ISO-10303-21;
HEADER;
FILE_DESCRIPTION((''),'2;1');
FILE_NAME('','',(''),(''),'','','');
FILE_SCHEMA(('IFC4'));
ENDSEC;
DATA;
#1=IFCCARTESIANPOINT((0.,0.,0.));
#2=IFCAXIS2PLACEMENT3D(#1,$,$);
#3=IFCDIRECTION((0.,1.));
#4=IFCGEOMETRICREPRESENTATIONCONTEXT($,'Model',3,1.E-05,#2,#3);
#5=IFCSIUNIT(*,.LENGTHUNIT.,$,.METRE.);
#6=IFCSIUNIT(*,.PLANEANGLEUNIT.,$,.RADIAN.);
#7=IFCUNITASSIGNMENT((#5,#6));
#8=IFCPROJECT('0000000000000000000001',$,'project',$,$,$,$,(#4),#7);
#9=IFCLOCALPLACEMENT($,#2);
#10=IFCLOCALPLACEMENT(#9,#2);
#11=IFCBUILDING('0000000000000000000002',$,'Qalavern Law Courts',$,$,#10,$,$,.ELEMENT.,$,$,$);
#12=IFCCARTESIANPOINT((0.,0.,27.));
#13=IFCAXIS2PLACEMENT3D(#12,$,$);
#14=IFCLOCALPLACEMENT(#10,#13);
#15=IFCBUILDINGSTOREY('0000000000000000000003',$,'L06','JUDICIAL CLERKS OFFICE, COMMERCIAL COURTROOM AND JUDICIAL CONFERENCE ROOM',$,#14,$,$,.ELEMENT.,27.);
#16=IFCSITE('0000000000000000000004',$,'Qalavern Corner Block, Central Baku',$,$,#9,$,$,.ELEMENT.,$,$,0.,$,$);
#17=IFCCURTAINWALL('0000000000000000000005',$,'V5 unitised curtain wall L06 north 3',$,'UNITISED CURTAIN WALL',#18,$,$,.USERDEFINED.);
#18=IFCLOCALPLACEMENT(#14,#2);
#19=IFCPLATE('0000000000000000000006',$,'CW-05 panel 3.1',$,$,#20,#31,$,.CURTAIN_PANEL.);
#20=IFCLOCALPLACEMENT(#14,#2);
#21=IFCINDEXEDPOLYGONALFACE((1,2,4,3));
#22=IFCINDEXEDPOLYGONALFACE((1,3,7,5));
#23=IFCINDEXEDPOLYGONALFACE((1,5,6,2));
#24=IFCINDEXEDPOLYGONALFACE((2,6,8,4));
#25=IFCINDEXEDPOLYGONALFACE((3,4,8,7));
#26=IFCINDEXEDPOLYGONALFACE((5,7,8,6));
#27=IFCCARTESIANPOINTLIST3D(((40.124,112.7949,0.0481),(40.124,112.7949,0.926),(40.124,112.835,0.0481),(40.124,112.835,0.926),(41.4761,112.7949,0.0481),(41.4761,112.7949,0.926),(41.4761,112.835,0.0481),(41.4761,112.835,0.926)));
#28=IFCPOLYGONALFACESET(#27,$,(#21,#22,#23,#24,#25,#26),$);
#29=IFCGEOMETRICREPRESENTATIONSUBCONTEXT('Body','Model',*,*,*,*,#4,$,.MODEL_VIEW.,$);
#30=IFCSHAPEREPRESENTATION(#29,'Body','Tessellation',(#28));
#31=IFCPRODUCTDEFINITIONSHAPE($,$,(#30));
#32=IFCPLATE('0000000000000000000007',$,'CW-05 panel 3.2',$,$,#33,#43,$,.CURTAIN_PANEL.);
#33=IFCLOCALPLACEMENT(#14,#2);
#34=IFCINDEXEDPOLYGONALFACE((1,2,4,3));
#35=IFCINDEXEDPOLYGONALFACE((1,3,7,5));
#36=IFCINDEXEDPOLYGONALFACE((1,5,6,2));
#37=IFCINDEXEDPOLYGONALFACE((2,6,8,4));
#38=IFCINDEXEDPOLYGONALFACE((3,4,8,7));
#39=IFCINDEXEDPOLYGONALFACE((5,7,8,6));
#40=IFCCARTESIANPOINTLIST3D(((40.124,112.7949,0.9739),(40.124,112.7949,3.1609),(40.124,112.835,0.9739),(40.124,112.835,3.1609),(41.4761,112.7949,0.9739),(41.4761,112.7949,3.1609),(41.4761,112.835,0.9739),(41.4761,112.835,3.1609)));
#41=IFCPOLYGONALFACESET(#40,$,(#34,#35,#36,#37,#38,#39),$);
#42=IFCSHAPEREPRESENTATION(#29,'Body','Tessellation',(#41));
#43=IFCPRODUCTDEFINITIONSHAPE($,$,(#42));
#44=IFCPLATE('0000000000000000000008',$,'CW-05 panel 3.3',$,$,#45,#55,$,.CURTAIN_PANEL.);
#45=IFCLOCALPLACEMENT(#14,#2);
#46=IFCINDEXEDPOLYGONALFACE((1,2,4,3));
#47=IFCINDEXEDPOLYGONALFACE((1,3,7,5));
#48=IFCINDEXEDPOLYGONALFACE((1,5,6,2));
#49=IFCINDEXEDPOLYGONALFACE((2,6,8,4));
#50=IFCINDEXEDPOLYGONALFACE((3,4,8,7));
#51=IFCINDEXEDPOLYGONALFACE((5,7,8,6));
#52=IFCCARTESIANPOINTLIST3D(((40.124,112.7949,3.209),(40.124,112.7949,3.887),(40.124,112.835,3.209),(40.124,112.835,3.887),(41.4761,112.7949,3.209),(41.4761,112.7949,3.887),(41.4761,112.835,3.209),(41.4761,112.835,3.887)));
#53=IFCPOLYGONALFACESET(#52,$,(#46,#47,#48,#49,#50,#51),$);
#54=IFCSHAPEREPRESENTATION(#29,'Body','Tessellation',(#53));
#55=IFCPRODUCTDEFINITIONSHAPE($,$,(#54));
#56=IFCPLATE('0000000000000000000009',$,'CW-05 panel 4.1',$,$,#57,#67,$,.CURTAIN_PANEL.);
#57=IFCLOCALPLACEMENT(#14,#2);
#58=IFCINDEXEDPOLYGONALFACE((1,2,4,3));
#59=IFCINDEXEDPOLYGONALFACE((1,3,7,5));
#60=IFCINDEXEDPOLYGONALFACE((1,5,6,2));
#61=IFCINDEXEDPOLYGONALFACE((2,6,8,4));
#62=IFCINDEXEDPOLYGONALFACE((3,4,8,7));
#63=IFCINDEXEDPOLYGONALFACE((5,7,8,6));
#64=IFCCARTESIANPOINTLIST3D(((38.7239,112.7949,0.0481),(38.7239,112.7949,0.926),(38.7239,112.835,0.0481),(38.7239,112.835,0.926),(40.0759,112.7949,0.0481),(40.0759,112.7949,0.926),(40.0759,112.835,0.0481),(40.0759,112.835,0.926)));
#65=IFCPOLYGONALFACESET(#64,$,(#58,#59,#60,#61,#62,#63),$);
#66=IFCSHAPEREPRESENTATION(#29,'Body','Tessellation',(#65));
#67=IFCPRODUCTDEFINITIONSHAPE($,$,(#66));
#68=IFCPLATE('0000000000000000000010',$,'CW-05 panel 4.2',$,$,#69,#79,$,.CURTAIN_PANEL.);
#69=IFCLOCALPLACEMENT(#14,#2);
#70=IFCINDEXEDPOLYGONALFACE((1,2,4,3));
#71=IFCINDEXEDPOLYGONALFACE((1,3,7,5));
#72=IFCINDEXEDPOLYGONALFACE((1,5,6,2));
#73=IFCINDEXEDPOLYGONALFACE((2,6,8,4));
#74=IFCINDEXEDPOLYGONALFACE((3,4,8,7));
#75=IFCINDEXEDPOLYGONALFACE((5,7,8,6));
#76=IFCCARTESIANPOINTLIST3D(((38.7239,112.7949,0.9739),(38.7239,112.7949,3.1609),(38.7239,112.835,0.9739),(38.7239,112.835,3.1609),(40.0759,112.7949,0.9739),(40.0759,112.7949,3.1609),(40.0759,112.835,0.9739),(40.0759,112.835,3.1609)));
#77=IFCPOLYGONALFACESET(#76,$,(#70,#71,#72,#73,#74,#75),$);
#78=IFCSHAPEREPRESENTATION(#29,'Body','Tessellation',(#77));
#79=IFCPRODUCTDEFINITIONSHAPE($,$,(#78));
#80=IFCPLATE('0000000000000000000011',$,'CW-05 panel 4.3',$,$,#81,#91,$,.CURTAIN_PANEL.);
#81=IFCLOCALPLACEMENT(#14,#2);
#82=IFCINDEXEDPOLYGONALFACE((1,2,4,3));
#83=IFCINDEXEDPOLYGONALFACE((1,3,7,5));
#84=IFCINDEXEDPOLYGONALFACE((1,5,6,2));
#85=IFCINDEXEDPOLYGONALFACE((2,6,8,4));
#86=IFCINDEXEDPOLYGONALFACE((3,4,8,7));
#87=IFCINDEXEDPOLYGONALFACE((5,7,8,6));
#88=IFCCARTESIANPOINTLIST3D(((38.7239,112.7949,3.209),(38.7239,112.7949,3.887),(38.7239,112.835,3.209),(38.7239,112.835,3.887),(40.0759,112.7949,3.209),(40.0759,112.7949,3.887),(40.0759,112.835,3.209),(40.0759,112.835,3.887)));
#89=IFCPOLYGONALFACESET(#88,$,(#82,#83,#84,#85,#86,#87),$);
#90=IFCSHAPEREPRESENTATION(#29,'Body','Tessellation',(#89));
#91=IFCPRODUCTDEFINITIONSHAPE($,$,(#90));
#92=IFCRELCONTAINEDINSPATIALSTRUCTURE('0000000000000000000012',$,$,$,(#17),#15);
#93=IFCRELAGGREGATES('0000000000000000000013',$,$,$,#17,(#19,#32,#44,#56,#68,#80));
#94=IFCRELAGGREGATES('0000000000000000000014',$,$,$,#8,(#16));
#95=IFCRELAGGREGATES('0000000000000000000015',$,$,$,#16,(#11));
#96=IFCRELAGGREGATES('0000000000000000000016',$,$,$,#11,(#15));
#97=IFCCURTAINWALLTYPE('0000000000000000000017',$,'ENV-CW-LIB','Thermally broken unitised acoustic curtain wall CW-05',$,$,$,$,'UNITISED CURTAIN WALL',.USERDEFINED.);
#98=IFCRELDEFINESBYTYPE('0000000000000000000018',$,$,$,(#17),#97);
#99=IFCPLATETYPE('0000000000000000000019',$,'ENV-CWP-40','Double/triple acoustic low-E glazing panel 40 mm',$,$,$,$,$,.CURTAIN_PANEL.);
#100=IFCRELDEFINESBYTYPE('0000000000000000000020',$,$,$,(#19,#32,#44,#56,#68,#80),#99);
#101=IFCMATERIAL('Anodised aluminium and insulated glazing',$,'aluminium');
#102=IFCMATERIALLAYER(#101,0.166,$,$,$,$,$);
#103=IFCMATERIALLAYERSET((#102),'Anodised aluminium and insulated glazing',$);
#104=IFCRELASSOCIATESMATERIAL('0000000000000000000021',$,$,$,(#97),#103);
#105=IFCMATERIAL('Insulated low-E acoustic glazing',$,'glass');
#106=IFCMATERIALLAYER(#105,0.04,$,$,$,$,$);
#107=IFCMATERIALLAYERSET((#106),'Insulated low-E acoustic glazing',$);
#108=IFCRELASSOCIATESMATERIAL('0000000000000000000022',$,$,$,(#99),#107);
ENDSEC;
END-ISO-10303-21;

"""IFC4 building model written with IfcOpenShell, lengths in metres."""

from ifc_helpers import new_model, si_unit, direction, frame, origin, origin_2d, place, context, subcontext, project, spatial, rectangle, extrude, material, layer, layer_set, type_object, element, aggregate, save


model = new_model("IFC4")

# Units and contexts
model_context = context("Model", 3, precision=1e-05, world=origin(), true_north=direction((0.0, 1.0)))
body_context = subcontext(model_context, "Body", "Model", "MODEL_VIEW")
ifc_project = project(units=[si_unit("LENGTHUNIT", "METRE"), si_unit("PLANEANGLEUNIT", "RADIAN")], contexts=[model_context])

# Site, building, storey
site_placement = place(None, origin())
site = spatial("IfcSite", under=ifc_project, at=site_placement, Name="Qalavern Corner Block, Central Baku", CompositionType="ELEMENT", RefElevation=0.0)
building_placement = place(site_placement, origin())
building = spatial("IfcBuilding", under=site, at=building_placement, Name="Qalavern Law Courts", CompositionType="ELEMENT")
storey_placement = place(building_placement, frame((0.0, 0.0, 27.0)))
storey = spatial("IfcBuildingStorey", under=building, at=storey_placement, Name="L06", Description="JUDICIAL CLERKS OFFICE, COMMERCIAL COURTROOM AND JUDICIAL CONFERENCE ROOM", CompositionType="ELEMENT", Elevation=27.0)

# Curtain wall
ifc_material_1 = material(Name="Anodised aluminium and insulated glazing", Category="aluminium")
ifc_layer_1 = layer(ifc_material_1, 0.166)
ifc_layer_set_1 = layer_set([ifc_layer_1], Name="Anodised aluminium and insulated glazing")
curtain_wall_type = type_object("IfcCurtainWallType", Name="ENV-CW-LIB", Description="Thermally broken unitised acoustic curtain wall CW-05", ElementType="UNITISED CURTAIN WALL", PredefinedType="USERDEFINED", material=ifc_layer_set_1)
curtain_wall_placement = place(storey_placement, origin())
curtain_wall = element("IfcCurtainWall", 1, at=curtain_wall_placement, inside=storey, type_object=curtain_wall_type, Name="V5 unitised curtain wall L06 north 3", ObjectType="UNITISED CURTAIN WALL", PredefinedType="USERDEFINED")

# Plates
ifc_material_2 = material(Name="Insulated low-E acoustic glazing", Category="glass")
ifc_layer_2 = layer(ifc_material_2, 0.04)
ifc_layer_set_2 = layer_set([ifc_layer_2], Name="Insulated low-E acoustic glazing")
plate_type = type_object("IfcPlateType", Name="ENV-CWP-40", Description="Double/triple acoustic low-E glazing panel 40 mm", PredefinedType="CURTAIN_PANEL", material=ifc_layer_set_2)
plate_1_placement = place(storey_placement, frame((40.8, 112.8149, 0.0481), z_axis=(0.0, 0.0, 1.0), x_axis=(-1.0, 0.0, 0.0)))
plate_1 = element("IfcPlate", 2, at=plate_1_placement, type_object=plate_type, Name="CW-05 panel 3.1", PredefinedType="CURTAIN_PANEL", context=body_context, shape_type="SweptSolid", body=[
    extrude(rectangle(XDim=1.3521, YDim=0.04, at=origin_2d()), origin(), (0.0, 0.0, 1.0), 0.8779),
])
plate_2_placement = place(storey_placement, frame((40.8, 112.8149, 0.9739), z_axis=(0.0, 0.0, 1.0), x_axis=(-1.0, 0.0, 0.0)))
plate_2 = element("IfcPlate", 3, at=plate_2_placement, type_object=plate_type, Name="CW-05 panel 3.2", PredefinedType="CURTAIN_PANEL", context=body_context, shape_type="SweptSolid", body=[
    extrude(rectangle(XDim=1.3521, YDim=0.04, at=origin_2d()), origin(), (0.0, 0.0, 1.0), 2.187),
])
plate_3_placement = place(storey_placement, frame((40.8, 112.8149, 3.209), z_axis=(0.0, 0.0, 1.0), x_axis=(-1.0, 0.0, 0.0)))
plate_3 = element("IfcPlate", 4, at=plate_3_placement, type_object=plate_type, Name="CW-05 panel 3.3", PredefinedType="CURTAIN_PANEL", context=body_context, shape_type="SweptSolid", body=[
    extrude(rectangle(XDim=1.3521, YDim=0.04, at=origin_2d()), origin(), (0.0, 0.0, 1.0), 0.678),
])
plate_4_placement = place(storey_placement, frame((39.3999, 112.8149, 0.0481), z_axis=(0.0, 0.0, 1.0), x_axis=(-1.0, 0.0, 0.0)))
plate_4 = element("IfcPlate", 5, at=plate_4_placement, type_object=plate_type, Name="CW-05 panel 4.1", PredefinedType="CURTAIN_PANEL", context=body_context, shape_type="SweptSolid", body=[
    extrude(rectangle(XDim=1.3521, YDim=0.04, at=origin_2d()), origin(), (0.0, 0.0, 1.0), 0.8779),
])
plate_5_placement = place(storey_placement, frame((39.3999, 112.8149, 0.9739), z_axis=(0.0, 0.0, 1.0), x_axis=(-1.0, 0.0, 0.0)))
plate_5 = element("IfcPlate", 6, at=plate_5_placement, type_object=plate_type, Name="CW-05 panel 4.2", PredefinedType="CURTAIN_PANEL", context=body_context, shape_type="SweptSolid", body=[
    extrude(rectangle(XDim=1.3521, YDim=0.04, at=origin_2d()), origin(), (0.0, 0.0, 1.0), 2.187),
])
plate_6_placement = place(storey_placement, frame((39.3999, 112.8149, 3.209), z_axis=(0.0, 0.0, 1.0), x_axis=(-1.0, 0.0, 0.0)))
plate_6 = element("IfcPlate", 7, at=plate_6_placement, type_object=plate_type, Name="CW-05 panel 4.3", PredefinedType="CURTAIN_PANEL", context=body_context, shape_type="SweptSolid", body=[
    extrude(rectangle(XDim=1.3521, YDim=0.04, at=origin_2d()), origin(), (0.0, 0.0, 1.0), 0.678),
])
aggregate(curtain_wall, [plate_1, plate_2, plate_3, plate_4, plate_5, plate_6])

save(model, "model.ifc")
